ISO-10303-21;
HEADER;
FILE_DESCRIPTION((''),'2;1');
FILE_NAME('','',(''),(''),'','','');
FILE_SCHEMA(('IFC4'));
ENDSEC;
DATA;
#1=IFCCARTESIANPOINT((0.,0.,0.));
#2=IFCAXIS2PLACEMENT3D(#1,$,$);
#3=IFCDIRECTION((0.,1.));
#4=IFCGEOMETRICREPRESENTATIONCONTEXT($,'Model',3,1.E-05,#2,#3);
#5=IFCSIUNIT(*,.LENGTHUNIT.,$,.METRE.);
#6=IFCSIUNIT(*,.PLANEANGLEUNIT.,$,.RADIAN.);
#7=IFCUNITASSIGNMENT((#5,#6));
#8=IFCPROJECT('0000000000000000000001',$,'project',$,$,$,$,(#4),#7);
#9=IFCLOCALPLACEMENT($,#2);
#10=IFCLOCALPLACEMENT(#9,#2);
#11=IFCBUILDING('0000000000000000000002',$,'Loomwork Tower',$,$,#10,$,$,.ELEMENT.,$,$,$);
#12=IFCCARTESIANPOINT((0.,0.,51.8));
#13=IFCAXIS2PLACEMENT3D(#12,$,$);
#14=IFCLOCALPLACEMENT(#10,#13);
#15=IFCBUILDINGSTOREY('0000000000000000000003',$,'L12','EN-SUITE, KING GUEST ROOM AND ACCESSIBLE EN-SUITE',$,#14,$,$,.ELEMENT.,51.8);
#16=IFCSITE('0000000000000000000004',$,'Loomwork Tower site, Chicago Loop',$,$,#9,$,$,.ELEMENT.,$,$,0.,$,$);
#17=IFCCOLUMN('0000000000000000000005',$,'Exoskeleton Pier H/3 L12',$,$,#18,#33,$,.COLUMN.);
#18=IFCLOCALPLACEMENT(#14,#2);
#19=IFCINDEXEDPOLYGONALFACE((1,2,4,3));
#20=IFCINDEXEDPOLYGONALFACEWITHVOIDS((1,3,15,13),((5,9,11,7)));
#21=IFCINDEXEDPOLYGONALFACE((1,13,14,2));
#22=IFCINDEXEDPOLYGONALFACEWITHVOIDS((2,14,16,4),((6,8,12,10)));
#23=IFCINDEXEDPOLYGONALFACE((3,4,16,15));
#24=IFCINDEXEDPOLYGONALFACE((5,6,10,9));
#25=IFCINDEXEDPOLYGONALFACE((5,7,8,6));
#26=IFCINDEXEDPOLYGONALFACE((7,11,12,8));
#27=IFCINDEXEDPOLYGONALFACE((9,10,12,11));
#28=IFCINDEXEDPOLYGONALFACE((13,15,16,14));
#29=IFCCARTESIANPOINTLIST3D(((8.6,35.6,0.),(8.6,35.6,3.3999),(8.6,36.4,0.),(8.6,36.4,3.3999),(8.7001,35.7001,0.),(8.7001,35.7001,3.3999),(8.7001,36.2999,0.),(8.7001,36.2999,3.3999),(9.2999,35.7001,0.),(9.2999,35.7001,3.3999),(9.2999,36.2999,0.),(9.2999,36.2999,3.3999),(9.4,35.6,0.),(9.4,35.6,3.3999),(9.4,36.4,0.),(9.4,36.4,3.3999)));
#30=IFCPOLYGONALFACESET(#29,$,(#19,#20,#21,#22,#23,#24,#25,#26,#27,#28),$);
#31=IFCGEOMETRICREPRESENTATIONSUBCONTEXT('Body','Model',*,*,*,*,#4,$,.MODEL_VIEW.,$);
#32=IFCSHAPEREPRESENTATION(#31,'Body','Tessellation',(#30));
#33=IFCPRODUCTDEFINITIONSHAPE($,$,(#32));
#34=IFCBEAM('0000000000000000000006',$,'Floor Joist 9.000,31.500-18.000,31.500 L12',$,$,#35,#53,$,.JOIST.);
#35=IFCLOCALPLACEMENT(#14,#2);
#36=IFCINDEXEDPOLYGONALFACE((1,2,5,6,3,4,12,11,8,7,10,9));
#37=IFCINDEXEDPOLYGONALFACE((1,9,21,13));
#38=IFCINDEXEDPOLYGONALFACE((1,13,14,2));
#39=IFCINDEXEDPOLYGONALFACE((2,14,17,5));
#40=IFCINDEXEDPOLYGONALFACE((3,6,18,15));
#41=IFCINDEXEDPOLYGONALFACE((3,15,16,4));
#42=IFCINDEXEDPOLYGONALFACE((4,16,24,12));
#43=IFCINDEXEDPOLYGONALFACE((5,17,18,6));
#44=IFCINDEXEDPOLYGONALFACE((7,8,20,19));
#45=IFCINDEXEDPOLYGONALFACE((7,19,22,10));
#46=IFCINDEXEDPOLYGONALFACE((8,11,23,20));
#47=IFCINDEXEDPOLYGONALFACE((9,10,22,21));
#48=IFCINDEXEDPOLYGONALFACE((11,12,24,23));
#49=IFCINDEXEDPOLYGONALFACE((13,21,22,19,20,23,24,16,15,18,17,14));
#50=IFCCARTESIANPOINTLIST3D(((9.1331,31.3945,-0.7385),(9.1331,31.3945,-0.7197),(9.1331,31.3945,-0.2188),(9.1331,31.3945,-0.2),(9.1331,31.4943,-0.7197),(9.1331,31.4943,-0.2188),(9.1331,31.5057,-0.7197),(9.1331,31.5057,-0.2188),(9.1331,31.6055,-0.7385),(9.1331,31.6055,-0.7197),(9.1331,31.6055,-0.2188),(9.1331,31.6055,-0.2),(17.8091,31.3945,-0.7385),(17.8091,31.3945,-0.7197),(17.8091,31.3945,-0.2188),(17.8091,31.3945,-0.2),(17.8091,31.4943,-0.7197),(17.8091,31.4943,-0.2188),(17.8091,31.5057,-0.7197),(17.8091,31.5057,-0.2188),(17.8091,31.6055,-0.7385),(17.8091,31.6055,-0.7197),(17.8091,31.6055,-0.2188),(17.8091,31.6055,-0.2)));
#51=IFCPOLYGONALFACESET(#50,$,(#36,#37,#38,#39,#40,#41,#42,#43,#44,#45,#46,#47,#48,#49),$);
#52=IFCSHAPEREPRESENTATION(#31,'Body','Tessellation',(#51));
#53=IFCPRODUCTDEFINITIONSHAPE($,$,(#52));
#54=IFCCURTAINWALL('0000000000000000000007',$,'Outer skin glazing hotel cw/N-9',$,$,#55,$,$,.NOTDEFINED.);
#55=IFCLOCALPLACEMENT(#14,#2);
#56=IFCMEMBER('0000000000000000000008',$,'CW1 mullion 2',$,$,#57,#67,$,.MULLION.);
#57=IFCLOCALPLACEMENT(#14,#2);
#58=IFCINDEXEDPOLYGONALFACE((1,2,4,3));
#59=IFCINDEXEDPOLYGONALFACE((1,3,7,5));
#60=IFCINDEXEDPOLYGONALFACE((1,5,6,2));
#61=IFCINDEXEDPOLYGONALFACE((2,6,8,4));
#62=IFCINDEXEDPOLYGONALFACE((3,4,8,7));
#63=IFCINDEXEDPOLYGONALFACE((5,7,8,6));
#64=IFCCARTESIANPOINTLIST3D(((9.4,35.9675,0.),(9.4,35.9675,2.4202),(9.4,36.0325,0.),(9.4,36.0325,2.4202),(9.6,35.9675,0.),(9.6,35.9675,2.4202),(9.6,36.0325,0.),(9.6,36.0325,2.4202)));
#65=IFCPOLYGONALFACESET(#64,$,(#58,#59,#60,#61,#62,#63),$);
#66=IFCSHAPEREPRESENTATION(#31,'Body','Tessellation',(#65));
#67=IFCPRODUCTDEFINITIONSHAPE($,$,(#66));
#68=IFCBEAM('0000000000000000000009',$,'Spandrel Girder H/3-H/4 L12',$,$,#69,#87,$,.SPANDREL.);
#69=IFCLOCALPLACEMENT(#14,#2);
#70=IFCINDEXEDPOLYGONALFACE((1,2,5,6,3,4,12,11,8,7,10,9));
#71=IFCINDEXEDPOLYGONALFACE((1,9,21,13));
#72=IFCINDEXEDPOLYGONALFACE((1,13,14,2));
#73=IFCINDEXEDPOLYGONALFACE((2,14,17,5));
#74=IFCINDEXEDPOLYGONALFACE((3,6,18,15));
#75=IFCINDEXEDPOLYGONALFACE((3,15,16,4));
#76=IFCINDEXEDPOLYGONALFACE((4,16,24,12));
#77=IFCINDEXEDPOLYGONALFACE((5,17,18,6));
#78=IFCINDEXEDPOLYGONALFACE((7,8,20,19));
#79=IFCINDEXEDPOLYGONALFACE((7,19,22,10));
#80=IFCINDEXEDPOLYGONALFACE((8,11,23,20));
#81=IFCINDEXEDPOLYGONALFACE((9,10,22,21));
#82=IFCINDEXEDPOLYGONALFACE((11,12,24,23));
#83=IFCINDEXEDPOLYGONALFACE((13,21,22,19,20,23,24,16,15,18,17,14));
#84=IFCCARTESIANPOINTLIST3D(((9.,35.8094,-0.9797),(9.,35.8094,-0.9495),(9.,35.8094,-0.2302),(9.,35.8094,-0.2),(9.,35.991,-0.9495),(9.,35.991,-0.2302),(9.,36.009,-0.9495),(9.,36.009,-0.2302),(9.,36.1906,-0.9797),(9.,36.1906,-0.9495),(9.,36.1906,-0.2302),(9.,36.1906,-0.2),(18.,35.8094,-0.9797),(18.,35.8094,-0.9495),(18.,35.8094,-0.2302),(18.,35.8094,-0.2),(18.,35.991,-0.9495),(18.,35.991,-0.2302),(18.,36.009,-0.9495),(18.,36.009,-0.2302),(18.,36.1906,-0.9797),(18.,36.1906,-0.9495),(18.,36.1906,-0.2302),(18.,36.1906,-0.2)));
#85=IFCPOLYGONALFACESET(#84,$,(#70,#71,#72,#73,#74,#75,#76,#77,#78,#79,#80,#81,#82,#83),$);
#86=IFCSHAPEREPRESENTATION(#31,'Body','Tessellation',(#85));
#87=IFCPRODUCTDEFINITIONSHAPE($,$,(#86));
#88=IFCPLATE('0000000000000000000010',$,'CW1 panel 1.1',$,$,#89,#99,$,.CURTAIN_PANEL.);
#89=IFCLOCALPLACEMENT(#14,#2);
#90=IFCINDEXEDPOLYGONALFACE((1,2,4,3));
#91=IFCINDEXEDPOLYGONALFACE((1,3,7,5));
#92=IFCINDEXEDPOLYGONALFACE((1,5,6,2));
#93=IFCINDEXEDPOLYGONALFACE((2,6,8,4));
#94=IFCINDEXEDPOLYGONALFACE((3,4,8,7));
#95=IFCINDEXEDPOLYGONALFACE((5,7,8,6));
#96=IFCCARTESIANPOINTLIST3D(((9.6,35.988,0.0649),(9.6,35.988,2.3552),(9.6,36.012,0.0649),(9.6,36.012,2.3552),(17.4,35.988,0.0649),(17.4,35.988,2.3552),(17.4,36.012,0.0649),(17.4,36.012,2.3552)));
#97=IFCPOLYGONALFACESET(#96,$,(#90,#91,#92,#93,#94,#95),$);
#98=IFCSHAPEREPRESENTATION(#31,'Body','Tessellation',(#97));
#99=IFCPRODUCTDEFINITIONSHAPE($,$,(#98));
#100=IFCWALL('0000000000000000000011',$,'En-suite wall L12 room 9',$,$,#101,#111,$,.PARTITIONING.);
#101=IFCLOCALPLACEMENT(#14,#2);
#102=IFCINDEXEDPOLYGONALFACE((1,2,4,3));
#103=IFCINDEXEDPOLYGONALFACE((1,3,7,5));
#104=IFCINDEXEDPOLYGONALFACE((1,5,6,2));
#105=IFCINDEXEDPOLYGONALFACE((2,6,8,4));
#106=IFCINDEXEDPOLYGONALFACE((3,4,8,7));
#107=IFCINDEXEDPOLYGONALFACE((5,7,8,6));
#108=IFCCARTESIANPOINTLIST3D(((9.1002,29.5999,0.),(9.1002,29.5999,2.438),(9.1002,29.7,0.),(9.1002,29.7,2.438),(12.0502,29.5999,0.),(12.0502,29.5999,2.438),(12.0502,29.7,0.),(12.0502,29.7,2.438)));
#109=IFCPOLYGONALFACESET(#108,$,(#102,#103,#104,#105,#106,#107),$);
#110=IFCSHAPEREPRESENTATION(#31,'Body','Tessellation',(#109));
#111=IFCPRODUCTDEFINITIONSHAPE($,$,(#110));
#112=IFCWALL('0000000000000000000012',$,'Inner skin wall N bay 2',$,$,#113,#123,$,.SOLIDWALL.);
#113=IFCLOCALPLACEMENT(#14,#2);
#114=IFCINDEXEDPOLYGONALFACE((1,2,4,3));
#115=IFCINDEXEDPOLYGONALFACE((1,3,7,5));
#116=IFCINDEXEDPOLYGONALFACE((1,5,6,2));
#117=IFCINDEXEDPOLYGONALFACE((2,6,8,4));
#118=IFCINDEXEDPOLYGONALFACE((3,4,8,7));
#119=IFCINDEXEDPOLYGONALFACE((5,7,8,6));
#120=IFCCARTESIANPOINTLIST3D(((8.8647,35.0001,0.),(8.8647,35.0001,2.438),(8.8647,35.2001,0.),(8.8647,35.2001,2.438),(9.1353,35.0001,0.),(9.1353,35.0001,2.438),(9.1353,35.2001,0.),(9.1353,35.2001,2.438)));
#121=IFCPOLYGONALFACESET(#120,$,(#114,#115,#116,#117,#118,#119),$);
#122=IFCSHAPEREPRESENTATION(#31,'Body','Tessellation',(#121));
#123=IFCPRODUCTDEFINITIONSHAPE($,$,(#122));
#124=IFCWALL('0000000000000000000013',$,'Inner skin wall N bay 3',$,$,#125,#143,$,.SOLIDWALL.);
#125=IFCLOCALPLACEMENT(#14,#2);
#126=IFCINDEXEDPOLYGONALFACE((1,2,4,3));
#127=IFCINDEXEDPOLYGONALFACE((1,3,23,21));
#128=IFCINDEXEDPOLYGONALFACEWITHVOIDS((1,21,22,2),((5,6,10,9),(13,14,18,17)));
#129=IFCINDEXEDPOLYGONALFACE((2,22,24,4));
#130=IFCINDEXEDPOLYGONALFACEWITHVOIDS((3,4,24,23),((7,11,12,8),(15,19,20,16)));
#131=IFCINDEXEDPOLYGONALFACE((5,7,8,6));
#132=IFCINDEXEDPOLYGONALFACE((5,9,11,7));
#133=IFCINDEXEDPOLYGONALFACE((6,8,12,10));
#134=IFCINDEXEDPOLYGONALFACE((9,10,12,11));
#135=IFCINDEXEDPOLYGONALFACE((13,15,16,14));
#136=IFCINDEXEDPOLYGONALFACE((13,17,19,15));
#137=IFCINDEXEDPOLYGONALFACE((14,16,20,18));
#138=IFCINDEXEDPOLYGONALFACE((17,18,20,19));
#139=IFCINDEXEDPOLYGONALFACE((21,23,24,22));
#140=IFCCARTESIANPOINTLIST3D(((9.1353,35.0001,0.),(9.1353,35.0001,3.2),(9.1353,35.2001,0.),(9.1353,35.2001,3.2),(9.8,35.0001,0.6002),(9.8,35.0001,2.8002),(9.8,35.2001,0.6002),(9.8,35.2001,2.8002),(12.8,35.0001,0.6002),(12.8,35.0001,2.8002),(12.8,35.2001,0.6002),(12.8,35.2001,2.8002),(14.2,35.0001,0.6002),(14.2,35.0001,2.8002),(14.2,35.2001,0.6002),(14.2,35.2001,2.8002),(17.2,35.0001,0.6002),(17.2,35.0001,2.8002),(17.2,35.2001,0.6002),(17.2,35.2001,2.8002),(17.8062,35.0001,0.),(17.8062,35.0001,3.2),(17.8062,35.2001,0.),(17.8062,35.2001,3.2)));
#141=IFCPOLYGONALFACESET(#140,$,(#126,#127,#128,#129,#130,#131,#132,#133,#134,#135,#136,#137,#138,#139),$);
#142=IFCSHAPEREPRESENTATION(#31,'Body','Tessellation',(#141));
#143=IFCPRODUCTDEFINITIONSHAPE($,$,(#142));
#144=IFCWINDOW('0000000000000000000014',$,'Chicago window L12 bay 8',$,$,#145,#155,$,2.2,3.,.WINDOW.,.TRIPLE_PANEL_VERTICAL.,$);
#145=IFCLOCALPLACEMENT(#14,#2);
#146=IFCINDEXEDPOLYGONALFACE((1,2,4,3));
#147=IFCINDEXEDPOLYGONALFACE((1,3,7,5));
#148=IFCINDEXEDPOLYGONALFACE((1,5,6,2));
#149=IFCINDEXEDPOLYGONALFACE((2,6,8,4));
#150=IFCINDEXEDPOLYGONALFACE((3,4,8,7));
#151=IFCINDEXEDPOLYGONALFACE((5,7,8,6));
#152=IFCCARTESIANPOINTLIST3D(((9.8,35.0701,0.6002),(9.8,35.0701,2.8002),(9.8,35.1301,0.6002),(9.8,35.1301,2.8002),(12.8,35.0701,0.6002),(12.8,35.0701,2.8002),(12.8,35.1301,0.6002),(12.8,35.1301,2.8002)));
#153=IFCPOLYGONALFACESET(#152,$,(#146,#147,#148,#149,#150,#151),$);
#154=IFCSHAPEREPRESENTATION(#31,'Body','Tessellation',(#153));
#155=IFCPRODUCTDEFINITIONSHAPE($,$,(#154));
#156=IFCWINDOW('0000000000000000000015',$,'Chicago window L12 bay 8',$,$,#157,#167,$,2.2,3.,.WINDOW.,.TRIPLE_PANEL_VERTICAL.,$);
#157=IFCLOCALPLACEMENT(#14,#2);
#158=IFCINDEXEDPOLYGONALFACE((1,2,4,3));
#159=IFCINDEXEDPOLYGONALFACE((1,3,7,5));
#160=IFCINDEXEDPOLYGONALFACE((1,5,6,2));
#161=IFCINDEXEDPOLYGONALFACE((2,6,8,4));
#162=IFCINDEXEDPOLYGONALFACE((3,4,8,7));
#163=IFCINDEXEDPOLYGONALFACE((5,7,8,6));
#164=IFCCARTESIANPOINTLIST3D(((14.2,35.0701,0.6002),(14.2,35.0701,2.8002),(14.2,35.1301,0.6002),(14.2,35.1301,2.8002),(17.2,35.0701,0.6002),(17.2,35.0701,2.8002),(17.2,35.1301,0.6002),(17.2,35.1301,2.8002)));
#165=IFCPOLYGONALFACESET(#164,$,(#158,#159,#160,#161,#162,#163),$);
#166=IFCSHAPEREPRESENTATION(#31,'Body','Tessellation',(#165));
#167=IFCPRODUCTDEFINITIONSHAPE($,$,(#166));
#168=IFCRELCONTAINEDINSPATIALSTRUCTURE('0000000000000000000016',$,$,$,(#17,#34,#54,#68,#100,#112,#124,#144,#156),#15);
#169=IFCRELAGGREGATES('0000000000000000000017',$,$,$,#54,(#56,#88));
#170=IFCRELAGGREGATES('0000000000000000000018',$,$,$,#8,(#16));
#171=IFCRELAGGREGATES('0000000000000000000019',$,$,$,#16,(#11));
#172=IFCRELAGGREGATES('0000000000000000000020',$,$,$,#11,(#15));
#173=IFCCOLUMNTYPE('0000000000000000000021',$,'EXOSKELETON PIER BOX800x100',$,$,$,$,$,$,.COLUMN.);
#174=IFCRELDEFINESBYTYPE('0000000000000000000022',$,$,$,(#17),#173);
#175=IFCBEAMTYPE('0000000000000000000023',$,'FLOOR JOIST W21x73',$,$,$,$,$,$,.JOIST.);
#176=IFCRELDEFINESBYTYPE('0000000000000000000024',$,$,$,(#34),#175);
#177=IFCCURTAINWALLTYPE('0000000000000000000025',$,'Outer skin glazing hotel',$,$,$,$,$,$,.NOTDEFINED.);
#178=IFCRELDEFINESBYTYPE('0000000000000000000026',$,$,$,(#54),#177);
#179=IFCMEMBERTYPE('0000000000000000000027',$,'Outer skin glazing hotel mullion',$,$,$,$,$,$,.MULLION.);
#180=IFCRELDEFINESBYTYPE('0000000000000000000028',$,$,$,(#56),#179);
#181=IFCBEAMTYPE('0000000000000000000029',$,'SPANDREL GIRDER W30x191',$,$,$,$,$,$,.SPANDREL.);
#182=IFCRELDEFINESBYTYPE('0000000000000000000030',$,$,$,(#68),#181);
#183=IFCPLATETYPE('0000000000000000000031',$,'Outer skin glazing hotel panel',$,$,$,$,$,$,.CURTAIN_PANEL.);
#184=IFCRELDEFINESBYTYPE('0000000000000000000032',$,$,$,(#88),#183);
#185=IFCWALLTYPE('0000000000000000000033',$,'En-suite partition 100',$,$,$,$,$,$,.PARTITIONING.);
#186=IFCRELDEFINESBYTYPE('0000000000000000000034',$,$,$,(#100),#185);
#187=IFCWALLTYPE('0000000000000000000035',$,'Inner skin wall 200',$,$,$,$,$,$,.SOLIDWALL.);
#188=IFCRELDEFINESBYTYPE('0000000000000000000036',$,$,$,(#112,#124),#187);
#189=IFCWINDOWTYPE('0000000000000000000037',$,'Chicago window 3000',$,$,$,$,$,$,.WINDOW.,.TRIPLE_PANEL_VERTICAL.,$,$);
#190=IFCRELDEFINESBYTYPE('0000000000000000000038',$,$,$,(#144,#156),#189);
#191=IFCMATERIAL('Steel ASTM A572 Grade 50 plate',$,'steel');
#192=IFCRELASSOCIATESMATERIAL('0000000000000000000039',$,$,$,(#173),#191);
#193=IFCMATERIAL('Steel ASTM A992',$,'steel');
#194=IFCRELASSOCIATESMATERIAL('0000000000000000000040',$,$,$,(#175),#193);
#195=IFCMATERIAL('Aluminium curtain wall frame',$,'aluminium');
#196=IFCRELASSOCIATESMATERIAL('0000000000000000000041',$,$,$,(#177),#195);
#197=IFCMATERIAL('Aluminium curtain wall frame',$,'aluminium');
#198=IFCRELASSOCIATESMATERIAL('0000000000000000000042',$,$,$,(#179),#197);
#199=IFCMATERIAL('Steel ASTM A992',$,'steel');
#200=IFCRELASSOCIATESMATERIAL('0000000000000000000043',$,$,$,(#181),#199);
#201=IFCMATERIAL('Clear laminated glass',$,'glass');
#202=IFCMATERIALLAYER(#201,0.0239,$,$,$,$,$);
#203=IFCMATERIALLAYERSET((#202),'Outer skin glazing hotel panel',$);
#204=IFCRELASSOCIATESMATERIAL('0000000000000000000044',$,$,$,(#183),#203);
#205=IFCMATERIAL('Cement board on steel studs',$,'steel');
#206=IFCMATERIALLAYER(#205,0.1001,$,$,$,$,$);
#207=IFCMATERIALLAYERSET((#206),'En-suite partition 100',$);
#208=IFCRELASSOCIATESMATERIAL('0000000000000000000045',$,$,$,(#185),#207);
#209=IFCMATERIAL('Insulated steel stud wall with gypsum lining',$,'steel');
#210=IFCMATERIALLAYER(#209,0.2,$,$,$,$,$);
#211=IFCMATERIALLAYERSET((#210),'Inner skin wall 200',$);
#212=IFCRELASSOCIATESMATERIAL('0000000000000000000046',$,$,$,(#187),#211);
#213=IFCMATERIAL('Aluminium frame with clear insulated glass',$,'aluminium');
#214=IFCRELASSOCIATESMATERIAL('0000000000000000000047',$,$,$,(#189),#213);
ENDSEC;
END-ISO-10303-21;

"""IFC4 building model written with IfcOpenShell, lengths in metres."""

from ifc_helpers import new_model, si_unit, direction, frame, frame_2d, origin, origin_2d, place, context, subcontext, project, spatial, rectangle, hollow_rectangle, i_section, extrude, material, layer, layer_set, material_profile, profile_set, type_object, element, fill, aggregate, save


model = new_model("IFC4")

# Units and contexts
model_context = context("Model", 3, precision=1e-05, world=origin(), true_north=direction((0.0, 1.0)))
body_context = subcontext(model_context, "Body", "Model", "MODEL_VIEW")
ifc_project = project(units=[si_unit("LENGTHUNIT", "METRE"), si_unit("PLANEANGLEUNIT", "RADIAN")], contexts=[model_context])

# Site, building, storey
site_placement = place(None, origin())
site = spatial("IfcSite", under=ifc_project, at=site_placement, Name="Loomwork Tower site, Chicago Loop", CompositionType="ELEMENT", RefElevation=0.0)
building_placement = place(site_placement, origin())
building = spatial("IfcBuilding", under=site, at=building_placement, Name="Loomwork Tower", CompositionType="ELEMENT")
storey_placement = place(building_placement, frame((0.0, 0.0, 51.8)))
storey = spatial("IfcBuildingStorey", under=building, at=storey_placement, Name="L12", Description="EN-SUITE, KING GUEST ROOM AND ACCESSIBLE EN-SUITE", CompositionType="ELEMENT", Elevation=51.8)

# Column
ifc_material_1 = material(Name="Steel ASTM A572 Grade 50 plate", Category="steel")
ifc_material_profile_1 = material_profile(ifc_material_1, hollow_rectangle(XDim=0.8, YDim=0.8, WallThickness=0.1001, at=origin_2d()), Name="BOX800x100")
ifc_profile_set_1 = profile_set([ifc_material_profile_1], Name="Steel ASTM A572 Grade 50 plate")
column_type = type_object("IfcColumnType", Name="EXOSKELETON PIER BOX800x100", PredefinedType="COLUMN", material=ifc_profile_set_1)
column_placement = place(storey_placement, frame((9.0, 36.0, 0.0), z_axis=(0.0, 0.0, 1.0), x_axis=(1.0, 0.0, 0.0)))
element("IfcColumn", 1, at=column_placement, inside=storey, type_object=column_type, Name="Exoskeleton Pier H/3 L12", PredefinedType="COLUMN", context=body_context, shape_type="SweptSolid", body=[
    extrude(hollow_rectangle(XDim=0.8, YDim=0.8, WallThickness=0.1001, at=origin_2d()), origin(), (0.0, 0.0, 1.0), 3.3999),
])

# Beam
ifc_material_2 = material(Name="Steel ASTM A992", Category="steel")
ifc_material_profile_2 = material_profile(ifc_material_2, i_section(OverallWidth=0.2109, OverallDepth=0.5386, WebThickness=0.0115, FlangeThickness=0.0188, at=origin_2d()), Name="W21x73")
ifc_profile_set_2 = profile_set([ifc_material_profile_2], Name="Steel ASTM A992")
beam_type_1 = type_object("IfcBeamType", Name="FLOOR JOIST W21x73", PredefinedType="JOIST", material=ifc_profile_set_2)
beam_1_placement = place(storey_placement, frame((9.1331, 31.5, -0.4692), z_axis=(1.0, 0.0, 0.0), x_axis=(0.0, 1.0, 0.0)))
element("IfcBeam", 2, at=beam_1_placement, inside=storey, type_object=beam_type_1, Name="Floor Joist 9.000,31.500-18.000,31.500 L12", PredefinedType="JOIST", context=body_context, shape_type="SweptSolid", body=[
    extrude(i_section(OverallWidth=0.2109, OverallDepth=0.5386, WebThickness=0.0115, FlangeThickness=0.0188, at=origin_2d()), origin(), (0.0, 0.0, 1.0), 8.676),
])

# Curtain wall, member
ifc_material_3 = material(Name="Aluminium curtain wall frame", Category="aluminium")
curtain_wall_type = type_object("IfcCurtainWallType", Name="Outer skin glazing hotel", PredefinedType="NOTDEFINED", material=ifc_material_3)
curtain_wall_placement = place(storey_placement, origin())
curtain_wall = element("IfcCurtainWall", 3, at=curtain_wall_placement, inside=storey, type_object=curtain_wall_type, Name="Outer skin glazing hotel cw/N-9", PredefinedType="NOTDEFINED")
ifc_material_4 = material(Name="Aluminium curtain wall frame", Category="aluminium")
ifc_material_profile_3 = material_profile(ifc_material_4, rectangle(XDim=0.0649, YDim=0.2, at=origin_2d()), Name="AL 65x200")
ifc_profile_set_3 = profile_set([ifc_material_profile_3], Name="Aluminium curtain wall frame")
member_type = type_object("IfcMemberType", Name="Outer skin glazing hotel mullion", PredefinedType="MULLION", material=ifc_profile_set_3)
member_placement = place(storey_placement, frame((9.5, 36.0, 0.0), z_axis=(0.0, 0.0, 1.0), x_axis=(0.0, -1.0, 0.0)))
member = element("IfcMember", 4, at=member_placement, type_object=member_type, Name="CW1 mullion 2", PredefinedType="MULLION", context=body_context, shape_type="SweptSolid", body=[
    extrude(rectangle(XDim=0.0649, YDim=0.2, at=origin_2d()), origin(), (0.0, 0.0, 1.0), 2.4202),
])

# Beam
ifc_material_5 = material(Name="Steel ASTM A992", Category="steel")
ifc_material_profile_4 = material_profile(ifc_material_5, i_section(OverallWidth=0.3811, OverallDepth=0.7798, WebThickness=0.0181, FlangeThickness=0.0303, at=origin_2d()), Name="W30x191")
ifc_profile_set_4 = profile_set([ifc_material_profile_4], Name="Steel ASTM A992")
beam_type_2 = type_object("IfcBeamType", Name="SPANDREL GIRDER W30x191", PredefinedType="SPANDREL", material=ifc_profile_set_4)
beam_2_placement = place(storey_placement, frame((9.0, 36.0, -0.5898), z_axis=(1.0, 0.0, 0.0), x_axis=(0.0, 1.0, 0.0)))
element("IfcBeam", 5, at=beam_2_placement, inside=storey, type_object=beam_type_2, Name="Spandrel Girder H/3-H/4 L12", PredefinedType="SPANDREL", context=body_context, shape_type="SweptSolid", body=[
    extrude(i_section(OverallWidth=0.3811, OverallDepth=0.7798, WebThickness=0.0181, FlangeThickness=0.0303, at=origin_2d()), origin(), (0.0, 0.0, 1.0), 9.0),
])

# Plate
ifc_material_6 = material(Name="Clear laminated glass", Category="glass")
ifc_layer_1 = layer(ifc_material_6, 0.0239)
ifc_layer_set_1 = layer_set([ifc_layer_1], Name="Outer skin glazing hotel panel")
plate_type = type_object("IfcPlateType", Name="Outer skin glazing hotel panel", PredefinedType="CURTAIN_PANEL", material=ifc_layer_set_1)
plate_placement = place(storey_placement, frame((13.5, 36.0, 0.0649), z_axis=(0.0, 0.0, 1.0), x_axis=(-1.0, 0.0, 0.0)))
plate = element("IfcPlate", 6, at=plate_placement, type_object=plate_type, Name="CW1 panel 1.1", PredefinedType="CURTAIN_PANEL", context=body_context, shape_type="SweptSolid", body=[
    extrude(rectangle(XDim=7.8, YDim=0.0239, at=origin_2d()), origin(), (0.0, 0.0, 1.0), 2.2903),
])
aggregate(curtain_wall, [member, plate])

# Walls
ifc_material_7 = material(Name="Cement board on steel studs", Category="steel")
ifc_layer_2 = layer(ifc_material_7, 0.1001)
ifc_layer_set_2 = layer_set([ifc_layer_2], Name="En-suite partition 100")
wall_type_1 = type_object("IfcWallType", Name="En-suite partition 100", PredefinedType="PARTITIONING", material=ifc_layer_set_2)
wall_1_placement = place(storey_placement, frame((9.1001, 29.6499, 0.0), z_axis=(0.0, 0.0, 1.0), x_axis=(1.0, 0.0, 0.0)))
element("IfcWall", 7, at=wall_1_placement, inside=storey, type_object=wall_type_1, Name="En-suite wall L12 room 9", PredefinedType="PARTITIONING", context=body_context, shape_type="SweptSolid", body=[
    extrude(rectangle(XDim=2.95, YDim=0.1001, at=frame_2d((1.4751, 0.0))), origin(), (0.0, 0.0, 1.0), 2.438),
])
ifc_material_8 = material(Name="Insulated steel stud wall with gypsum lining", Category="steel")
ifc_layer_3 = layer(ifc_material_8, 0.2)
ifc_layer_set_3 = layer_set([ifc_layer_3], Name="Inner skin wall 200")
wall_type_2 = type_object("IfcWallType", Name="Inner skin wall 200", PredefinedType="SOLIDWALL", material=ifc_layer_set_3)
wall_2_placement = place(storey_placement, frame((8.8647, 35.1001, 0.0), z_axis=(0.0, 0.0, 1.0), x_axis=(1.0, 0.0, 0.0)))
element("IfcWall", 8, at=wall_2_placement, inside=storey, type_object=wall_type_2, Name="Inner skin wall N bay 2", PredefinedType="SOLIDWALL", context=body_context, shape_type="SweptSolid", body=[
    extrude(rectangle(XDim=0.2705, YDim=0.2, at=frame_2d((0.1353, 0.0))), origin(), (0.0, 0.0, 1.0), 2.438),
])

# Wall, openings, windows
wall_3_placement = place(storey_placement, frame((9.1353, 35.1001, 0.0), z_axis=(0.0, 0.0, 1.0), x_axis=(1.0, 0.0, 0.0)))
wall_3 = element("IfcWall", 9, at=wall_3_placement, inside=storey, type_object=wall_type_2, Name="Inner skin wall N bay 3", PredefinedType="SOLIDWALL", context=body_context, shape_type="SweptSolid", body=[
    extrude(rectangle(XDim=8.6709, YDim=0.2, at=frame_2d((4.3354, 0.0))), origin(), (0.0, 0.0, 1.0), 3.2),
])
opening_1_placement = place(wall_3_placement, frame((0.6648, 0.0, 0.6001)))
opening_1 = element("IfcOpeningElement", 10, at=opening_1_placement, cuts=wall_3, PredefinedType="OPENING", context=body_context, shape_type="SweptSolid", body=[
    extrude(rectangle(XDim=3.0, YDim=2.2, at=frame_2d((1.5, 1.1001))), frame((0.0, 0.1099, 0.0), z_axis=(0.0, -1.0, 0.0), x_axis=(1.0, 0.0, 0.0)), (0.0, 0.0, 1.0), 0.22),
])
opening_2_placement = place(wall_3_placement, frame((5.0647, 0.0, 0.6001)))
opening_2 = element("IfcOpeningElement", 11, at=opening_2_placement, cuts=wall_3, PredefinedType="OPENING", context=body_context, shape_type="SweptSolid", body=[
    extrude(rectangle(XDim=3.0, YDim=2.2, at=frame_2d((1.5, 1.1001))), frame((0.0, 0.1099, 0.0), z_axis=(0.0, -1.0, 0.0), x_axis=(1.0, 0.0, 0.0)), (0.0, 0.0, 1.0), 0.22),
])
ifc_material_9 = material(Name="Aluminium frame with clear insulated glass", Category="aluminium")
window_type = type_object("IfcWindowType", Name="Chicago window 3000", PartitioningType="TRIPLE_PANEL_VERTICAL", PredefinedType="WINDOW", material=ifc_material_9)
window_1_placement = place(opening_1_placement, origin())
window_1 = element("IfcWindow", 12, at=window_1_placement, inside=storey, type_object=window_type, Name="Chicago window L12 bay 8", OverallHeight=2.2, OverallWidth=3.0, PartitioningType="TRIPLE_PANEL_VERTICAL", PredefinedType="WINDOW", context=body_context, shape_type="SweptSolid", body=[
    extrude(rectangle(XDim=3.0, YDim=2.2, at=frame_2d((1.5, 1.1001))), frame((0.0, 0.03, 0.0), z_axis=(0.0, -1.0, 0.0), x_axis=(1.0, 0.0, 0.0)), (0.0, 0.0, 1.0), 0.0601),
])
fill(opening_1, window_1)
window_2_placement = place(opening_2_placement, origin())
window_2 = element("IfcWindow", 13, at=window_2_placement, inside=storey, type_object=window_type, Name="Chicago window L12 bay 8", OverallHeight=2.2, OverallWidth=3.0, PartitioningType="TRIPLE_PANEL_VERTICAL", PredefinedType="WINDOW", context=body_context, shape_type="SweptSolid", body=[
    extrude(rectangle(XDim=3.0, YDim=2.2, at=frame_2d((1.5, 1.1001))), frame((0.0, 0.03, 0.0), z_axis=(0.0, -1.0, 0.0), x_axis=(1.0, 0.0, 0.0)), (0.0, 0.0, 1.0), 0.0601),
])
fill(opening_2, window_2)

save(model, "model.ifc")
